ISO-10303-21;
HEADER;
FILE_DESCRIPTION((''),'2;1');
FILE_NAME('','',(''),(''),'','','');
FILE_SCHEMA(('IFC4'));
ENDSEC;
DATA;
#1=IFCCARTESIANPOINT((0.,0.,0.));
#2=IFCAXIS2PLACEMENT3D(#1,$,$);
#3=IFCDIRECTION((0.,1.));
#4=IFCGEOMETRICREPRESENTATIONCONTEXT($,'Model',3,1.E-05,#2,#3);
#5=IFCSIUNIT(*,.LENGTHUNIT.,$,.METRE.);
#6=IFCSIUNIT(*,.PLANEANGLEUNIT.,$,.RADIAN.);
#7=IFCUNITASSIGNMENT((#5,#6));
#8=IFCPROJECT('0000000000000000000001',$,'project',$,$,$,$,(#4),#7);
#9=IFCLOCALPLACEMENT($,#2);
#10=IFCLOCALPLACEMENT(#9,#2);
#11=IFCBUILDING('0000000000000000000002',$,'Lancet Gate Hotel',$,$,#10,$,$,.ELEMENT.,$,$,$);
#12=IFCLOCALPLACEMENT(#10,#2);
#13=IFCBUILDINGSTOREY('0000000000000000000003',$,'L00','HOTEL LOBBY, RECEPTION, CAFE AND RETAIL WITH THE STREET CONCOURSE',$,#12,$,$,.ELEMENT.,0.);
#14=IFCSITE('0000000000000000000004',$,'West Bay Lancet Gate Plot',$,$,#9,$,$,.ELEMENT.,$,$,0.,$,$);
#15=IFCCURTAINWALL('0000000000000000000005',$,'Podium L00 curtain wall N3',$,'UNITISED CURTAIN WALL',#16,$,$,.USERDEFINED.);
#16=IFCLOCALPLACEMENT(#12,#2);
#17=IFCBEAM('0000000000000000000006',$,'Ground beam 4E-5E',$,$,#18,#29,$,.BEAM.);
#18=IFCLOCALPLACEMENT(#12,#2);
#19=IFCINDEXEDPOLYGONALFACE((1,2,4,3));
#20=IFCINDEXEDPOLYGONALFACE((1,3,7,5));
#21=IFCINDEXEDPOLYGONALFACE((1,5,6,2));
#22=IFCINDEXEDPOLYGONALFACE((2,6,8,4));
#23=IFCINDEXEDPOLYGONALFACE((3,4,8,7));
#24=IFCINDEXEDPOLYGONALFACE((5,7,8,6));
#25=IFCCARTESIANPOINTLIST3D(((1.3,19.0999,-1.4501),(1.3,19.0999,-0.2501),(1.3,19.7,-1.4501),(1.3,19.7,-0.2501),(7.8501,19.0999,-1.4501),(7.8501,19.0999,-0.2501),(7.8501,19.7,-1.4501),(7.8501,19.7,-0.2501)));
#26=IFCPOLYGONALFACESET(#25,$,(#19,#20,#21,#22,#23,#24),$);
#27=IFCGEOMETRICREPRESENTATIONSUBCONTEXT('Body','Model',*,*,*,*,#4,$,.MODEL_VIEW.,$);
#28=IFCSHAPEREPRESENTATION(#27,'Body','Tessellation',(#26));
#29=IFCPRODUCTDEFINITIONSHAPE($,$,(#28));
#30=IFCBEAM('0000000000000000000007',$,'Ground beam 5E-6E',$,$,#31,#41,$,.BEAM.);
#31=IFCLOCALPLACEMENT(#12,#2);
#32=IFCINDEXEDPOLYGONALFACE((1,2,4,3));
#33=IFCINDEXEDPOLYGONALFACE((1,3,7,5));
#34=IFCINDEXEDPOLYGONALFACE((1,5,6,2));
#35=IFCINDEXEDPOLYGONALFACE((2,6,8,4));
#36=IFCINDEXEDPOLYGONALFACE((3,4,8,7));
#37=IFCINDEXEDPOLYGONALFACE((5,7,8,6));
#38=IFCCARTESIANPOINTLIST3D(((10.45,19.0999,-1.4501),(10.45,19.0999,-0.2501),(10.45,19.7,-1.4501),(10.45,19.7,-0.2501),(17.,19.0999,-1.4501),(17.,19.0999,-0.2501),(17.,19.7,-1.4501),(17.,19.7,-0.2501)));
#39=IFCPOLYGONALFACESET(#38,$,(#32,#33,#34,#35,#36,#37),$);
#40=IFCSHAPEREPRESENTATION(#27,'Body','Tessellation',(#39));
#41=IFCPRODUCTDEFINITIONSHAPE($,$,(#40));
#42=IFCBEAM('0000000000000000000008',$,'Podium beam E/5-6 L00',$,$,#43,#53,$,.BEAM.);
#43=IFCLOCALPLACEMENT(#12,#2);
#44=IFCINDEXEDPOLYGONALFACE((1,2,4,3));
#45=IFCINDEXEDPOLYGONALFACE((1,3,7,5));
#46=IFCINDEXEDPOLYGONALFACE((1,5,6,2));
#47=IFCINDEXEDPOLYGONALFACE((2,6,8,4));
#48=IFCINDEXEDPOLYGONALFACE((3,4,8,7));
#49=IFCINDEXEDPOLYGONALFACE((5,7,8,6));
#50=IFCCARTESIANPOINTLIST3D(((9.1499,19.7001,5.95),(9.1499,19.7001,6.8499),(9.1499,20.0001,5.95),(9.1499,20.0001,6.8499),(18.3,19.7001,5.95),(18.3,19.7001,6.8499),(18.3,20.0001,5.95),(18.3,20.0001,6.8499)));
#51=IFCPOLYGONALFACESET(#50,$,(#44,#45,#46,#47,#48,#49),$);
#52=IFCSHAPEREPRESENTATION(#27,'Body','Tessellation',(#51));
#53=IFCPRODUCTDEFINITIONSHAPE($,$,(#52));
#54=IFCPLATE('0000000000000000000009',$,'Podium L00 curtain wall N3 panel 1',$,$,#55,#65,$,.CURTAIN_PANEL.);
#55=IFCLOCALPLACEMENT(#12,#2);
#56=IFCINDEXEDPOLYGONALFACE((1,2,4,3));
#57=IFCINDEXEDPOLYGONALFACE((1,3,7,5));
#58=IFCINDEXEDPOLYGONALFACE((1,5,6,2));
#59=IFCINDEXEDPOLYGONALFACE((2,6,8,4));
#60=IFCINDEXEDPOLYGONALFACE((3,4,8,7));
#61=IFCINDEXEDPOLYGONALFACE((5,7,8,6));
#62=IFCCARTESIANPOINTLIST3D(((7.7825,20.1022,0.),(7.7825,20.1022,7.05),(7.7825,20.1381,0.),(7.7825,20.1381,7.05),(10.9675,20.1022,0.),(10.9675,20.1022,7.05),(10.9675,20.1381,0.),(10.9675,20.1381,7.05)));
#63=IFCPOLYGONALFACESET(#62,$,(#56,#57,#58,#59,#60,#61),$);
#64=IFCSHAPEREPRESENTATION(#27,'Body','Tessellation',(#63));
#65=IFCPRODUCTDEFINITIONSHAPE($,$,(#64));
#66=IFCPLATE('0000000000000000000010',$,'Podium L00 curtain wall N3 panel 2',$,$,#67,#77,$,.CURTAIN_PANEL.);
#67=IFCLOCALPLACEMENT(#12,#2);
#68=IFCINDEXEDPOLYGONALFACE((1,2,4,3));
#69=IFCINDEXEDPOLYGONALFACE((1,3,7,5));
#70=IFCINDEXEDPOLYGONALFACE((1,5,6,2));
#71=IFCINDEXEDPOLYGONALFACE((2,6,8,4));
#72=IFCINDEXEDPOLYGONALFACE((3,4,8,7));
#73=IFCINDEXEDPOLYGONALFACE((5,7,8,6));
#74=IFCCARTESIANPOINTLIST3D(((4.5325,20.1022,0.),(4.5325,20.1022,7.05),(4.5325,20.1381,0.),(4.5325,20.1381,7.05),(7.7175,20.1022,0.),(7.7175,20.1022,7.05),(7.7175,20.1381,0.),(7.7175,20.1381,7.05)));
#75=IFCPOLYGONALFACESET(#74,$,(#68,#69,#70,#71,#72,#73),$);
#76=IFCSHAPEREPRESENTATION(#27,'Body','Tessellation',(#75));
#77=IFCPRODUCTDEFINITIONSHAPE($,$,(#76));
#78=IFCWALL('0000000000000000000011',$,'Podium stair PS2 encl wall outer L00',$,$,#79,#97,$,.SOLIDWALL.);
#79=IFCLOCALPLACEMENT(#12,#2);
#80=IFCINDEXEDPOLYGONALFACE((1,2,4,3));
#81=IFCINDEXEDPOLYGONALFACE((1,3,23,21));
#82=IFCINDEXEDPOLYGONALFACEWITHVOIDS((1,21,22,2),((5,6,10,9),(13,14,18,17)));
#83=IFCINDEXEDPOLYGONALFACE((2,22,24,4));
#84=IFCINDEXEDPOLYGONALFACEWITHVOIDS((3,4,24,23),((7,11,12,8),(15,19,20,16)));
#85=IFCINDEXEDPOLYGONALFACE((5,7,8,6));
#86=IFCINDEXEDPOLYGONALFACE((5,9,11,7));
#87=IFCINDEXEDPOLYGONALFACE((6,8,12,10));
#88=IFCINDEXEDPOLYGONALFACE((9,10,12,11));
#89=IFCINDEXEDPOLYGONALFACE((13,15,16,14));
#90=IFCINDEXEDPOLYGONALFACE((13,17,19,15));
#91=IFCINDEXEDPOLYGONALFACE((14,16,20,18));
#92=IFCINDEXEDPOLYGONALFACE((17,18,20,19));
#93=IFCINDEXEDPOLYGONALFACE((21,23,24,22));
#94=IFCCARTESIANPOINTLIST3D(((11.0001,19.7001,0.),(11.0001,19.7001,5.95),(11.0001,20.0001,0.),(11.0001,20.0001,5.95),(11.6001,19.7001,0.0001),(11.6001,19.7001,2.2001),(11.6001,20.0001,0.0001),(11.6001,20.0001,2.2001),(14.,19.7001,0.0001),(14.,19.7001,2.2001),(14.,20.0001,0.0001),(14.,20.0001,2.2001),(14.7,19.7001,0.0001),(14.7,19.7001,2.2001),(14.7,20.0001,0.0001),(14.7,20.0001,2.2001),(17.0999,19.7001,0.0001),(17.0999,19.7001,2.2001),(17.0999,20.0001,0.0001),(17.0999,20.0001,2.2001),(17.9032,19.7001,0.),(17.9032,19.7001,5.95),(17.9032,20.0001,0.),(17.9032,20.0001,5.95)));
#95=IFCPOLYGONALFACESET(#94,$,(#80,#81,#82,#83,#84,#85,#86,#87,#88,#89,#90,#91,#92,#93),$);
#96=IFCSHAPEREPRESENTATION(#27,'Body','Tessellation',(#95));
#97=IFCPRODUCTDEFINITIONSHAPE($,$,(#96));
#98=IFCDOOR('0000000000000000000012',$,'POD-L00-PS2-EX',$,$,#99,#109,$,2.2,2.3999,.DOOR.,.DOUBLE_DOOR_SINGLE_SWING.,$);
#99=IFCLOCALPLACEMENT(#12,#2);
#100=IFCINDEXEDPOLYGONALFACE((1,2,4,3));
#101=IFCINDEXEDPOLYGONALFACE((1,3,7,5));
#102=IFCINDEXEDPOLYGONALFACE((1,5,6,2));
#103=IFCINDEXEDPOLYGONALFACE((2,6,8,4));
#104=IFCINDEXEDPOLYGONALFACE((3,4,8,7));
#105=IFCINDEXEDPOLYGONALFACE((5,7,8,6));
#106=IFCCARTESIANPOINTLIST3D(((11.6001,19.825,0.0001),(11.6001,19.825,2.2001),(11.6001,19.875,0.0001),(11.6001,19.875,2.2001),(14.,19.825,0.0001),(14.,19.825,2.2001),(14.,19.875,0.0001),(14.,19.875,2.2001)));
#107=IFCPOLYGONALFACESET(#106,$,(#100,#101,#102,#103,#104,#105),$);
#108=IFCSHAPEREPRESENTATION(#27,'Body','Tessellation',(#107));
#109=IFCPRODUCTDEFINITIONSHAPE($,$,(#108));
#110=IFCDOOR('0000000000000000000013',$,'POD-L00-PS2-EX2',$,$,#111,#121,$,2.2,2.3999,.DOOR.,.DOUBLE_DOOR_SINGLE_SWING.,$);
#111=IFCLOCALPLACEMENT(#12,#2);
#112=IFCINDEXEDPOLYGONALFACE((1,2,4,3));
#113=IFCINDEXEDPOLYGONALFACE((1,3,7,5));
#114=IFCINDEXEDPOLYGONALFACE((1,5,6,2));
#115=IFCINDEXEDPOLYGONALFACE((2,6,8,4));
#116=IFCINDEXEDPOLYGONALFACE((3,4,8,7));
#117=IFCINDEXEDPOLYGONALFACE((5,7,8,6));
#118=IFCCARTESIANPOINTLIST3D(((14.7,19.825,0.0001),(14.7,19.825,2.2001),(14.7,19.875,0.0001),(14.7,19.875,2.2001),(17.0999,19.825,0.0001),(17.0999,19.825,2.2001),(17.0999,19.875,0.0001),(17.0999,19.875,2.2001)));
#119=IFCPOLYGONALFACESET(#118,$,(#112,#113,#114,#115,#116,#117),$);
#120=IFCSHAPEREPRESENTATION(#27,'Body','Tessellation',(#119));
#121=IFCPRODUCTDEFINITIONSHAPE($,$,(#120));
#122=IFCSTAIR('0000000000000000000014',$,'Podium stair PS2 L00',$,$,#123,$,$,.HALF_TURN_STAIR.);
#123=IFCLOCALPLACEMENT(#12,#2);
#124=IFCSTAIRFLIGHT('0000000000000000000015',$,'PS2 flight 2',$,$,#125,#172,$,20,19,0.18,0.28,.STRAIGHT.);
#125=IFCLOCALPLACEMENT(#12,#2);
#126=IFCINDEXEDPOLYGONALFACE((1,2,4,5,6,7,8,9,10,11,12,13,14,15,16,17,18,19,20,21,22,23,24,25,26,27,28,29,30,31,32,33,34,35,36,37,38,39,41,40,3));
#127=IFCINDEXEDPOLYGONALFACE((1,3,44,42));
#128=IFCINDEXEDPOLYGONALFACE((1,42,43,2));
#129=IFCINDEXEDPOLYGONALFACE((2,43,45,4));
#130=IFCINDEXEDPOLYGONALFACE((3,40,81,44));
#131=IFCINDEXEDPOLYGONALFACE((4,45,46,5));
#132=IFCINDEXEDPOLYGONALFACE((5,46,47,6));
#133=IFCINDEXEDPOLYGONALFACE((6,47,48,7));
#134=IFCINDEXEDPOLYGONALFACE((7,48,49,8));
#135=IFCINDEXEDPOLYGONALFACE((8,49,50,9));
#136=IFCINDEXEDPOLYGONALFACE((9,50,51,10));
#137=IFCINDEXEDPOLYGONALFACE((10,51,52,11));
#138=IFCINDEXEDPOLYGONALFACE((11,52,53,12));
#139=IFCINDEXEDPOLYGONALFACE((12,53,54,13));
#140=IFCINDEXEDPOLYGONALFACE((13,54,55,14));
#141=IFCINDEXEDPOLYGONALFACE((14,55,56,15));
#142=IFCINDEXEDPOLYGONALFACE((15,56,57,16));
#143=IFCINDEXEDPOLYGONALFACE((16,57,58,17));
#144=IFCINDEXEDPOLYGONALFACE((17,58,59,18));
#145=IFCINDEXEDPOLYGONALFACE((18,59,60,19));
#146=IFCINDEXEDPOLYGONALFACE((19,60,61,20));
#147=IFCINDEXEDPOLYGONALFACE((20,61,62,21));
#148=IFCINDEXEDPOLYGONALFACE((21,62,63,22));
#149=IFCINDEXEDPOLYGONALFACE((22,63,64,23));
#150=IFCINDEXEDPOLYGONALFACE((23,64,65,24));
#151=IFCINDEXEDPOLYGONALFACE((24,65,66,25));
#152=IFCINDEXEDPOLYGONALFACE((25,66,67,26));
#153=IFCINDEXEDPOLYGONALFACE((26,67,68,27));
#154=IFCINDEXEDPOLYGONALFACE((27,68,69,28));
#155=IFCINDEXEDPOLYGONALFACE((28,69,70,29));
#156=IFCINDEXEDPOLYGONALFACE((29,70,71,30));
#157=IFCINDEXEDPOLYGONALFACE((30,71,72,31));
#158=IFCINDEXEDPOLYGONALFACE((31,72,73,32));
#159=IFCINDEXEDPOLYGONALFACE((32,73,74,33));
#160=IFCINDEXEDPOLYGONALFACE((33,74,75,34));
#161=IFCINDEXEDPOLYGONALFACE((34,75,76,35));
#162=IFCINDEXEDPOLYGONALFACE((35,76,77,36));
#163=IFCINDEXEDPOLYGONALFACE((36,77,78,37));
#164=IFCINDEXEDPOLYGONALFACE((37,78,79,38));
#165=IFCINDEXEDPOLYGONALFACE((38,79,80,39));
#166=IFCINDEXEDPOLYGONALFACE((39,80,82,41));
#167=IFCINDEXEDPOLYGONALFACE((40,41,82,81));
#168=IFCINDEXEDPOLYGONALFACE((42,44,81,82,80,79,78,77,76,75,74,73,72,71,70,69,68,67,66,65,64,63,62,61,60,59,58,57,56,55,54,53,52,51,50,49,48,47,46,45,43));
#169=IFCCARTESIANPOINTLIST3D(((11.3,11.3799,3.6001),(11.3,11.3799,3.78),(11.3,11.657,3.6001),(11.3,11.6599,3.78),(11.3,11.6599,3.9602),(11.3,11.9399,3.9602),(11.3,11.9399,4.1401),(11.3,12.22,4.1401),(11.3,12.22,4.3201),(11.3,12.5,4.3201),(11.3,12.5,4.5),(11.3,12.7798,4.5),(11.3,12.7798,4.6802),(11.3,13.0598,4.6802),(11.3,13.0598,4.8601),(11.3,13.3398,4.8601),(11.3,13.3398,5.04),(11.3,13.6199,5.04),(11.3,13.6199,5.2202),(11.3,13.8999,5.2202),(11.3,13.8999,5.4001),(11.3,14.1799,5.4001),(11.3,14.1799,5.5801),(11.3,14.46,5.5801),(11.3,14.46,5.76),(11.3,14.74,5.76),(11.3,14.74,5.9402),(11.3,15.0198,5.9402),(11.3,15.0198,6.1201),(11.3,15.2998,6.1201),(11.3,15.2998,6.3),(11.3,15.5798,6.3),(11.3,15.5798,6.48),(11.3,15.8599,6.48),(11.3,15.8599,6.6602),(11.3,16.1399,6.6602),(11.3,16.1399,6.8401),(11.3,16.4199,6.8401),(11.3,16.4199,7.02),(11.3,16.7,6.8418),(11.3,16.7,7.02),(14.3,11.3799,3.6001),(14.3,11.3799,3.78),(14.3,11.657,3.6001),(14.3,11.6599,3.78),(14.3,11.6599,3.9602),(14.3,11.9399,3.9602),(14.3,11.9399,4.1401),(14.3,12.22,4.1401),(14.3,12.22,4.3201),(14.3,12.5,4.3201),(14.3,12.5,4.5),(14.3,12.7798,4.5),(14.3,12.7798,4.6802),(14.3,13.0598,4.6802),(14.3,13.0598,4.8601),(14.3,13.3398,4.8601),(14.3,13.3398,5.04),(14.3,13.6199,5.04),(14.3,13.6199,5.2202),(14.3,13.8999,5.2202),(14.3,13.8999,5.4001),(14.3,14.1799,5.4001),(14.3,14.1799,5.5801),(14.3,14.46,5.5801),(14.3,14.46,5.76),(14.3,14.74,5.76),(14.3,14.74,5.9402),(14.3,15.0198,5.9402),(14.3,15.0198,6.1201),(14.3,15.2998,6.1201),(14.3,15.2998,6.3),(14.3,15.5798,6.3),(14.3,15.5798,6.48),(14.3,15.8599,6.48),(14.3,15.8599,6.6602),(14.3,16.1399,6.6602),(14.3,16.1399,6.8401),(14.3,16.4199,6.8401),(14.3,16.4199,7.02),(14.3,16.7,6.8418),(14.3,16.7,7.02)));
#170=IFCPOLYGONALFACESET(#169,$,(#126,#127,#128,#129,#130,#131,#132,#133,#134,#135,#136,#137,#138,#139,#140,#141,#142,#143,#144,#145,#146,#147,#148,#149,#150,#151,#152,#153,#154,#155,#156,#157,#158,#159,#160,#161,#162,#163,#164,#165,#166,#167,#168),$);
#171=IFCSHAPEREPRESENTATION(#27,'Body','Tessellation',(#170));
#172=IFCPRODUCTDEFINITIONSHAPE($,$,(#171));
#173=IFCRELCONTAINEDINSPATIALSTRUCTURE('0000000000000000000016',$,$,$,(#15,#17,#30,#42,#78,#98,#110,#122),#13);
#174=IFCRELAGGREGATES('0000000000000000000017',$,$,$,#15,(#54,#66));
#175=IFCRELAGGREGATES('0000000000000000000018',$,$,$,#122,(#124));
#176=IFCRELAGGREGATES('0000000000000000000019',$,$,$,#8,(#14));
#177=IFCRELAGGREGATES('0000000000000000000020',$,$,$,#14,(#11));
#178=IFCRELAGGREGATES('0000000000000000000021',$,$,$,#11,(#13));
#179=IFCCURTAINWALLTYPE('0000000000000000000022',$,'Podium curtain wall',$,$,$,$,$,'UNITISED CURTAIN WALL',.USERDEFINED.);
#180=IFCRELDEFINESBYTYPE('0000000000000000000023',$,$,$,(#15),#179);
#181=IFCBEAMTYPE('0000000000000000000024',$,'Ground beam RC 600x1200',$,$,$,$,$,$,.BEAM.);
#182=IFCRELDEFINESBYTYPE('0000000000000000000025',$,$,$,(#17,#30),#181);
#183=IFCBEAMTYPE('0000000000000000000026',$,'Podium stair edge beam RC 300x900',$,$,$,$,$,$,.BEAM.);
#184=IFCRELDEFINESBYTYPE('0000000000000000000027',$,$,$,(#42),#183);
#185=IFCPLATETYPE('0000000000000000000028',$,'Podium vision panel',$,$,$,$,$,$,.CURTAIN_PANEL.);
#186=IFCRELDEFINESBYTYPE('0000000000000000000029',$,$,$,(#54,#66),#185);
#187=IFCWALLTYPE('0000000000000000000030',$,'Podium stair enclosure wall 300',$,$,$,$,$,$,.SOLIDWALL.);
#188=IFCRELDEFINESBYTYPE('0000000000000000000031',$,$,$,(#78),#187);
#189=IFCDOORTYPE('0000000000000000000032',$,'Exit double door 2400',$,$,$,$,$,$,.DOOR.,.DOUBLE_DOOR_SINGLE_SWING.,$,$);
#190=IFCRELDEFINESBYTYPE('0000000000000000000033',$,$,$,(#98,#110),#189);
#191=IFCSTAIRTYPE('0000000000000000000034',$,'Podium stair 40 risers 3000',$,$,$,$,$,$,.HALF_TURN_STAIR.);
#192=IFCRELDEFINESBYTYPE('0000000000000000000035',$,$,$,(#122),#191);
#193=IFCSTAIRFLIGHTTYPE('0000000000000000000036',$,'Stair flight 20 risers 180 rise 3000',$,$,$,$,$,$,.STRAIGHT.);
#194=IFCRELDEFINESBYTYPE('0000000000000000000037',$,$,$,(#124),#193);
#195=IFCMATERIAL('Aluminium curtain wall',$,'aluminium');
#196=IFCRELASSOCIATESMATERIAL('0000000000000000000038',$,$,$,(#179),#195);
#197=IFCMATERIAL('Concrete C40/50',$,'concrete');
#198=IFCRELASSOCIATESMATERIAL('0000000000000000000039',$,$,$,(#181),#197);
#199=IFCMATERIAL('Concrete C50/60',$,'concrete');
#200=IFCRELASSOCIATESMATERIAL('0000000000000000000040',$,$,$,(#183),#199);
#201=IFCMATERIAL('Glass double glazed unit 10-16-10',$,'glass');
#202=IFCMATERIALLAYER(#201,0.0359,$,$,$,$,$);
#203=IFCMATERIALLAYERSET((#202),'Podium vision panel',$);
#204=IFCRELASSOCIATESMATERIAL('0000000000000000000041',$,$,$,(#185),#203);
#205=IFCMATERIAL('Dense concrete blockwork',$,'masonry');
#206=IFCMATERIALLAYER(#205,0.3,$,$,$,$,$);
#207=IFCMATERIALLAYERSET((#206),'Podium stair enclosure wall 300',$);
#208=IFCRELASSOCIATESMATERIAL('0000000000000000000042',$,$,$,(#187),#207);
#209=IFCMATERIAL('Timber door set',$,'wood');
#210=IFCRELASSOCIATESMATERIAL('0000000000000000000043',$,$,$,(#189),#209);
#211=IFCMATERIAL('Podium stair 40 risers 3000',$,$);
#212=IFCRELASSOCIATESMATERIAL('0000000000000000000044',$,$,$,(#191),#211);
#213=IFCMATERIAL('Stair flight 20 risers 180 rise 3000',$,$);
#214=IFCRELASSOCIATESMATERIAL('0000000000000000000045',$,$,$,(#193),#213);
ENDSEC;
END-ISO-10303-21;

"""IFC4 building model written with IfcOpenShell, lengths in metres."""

from ifc_helpers import new_model, si_unit, direction, frame, frame_2d, origin, origin_2d, place, context, subcontext, project, spatial, polyline, rectangle, outline, extrude, material, layer, layer_set, material_profile, profile_set, type_object, element, fill, aggregate, save


model = new_model("IFC4")

# Units and contexts
model_context = context("Model", 3, precision=1e-05, world=origin(), true_north=direction((0.0, 1.0)))
body_context = subcontext(model_context, "Body", "Model", "MODEL_VIEW")
ifc_project = project(units=[si_unit("LENGTHUNIT", "METRE"), si_unit("PLANEANGLEUNIT", "RADIAN")], contexts=[model_context])

# Site, building, storey
site_placement = place(None, origin())
site = spatial("IfcSite", under=ifc_project, at=site_placement, Name="West Bay Lancet Gate Plot", CompositionType="ELEMENT", RefElevation=0.0)
building_placement = place(site_placement, origin())
building = spatial("IfcBuilding", under=site, at=building_placement, Name="Lancet Gate Hotel", CompositionType="ELEMENT")
storey_placement = place(building_placement, origin())
storey = spatial("IfcBuildingStorey", under=building, at=storey_placement, Name="L00", Description="HOTEL LOBBY, RECEPTION, CAFE AND RETAIL WITH THE STREET CONCOURSE", CompositionType="ELEMENT", Elevation=0.0)

# Curtain wall
ifc_material_1 = material(Name="Aluminium curtain wall", Category="aluminium")
curtain_wall_type = type_object("IfcCurtainWallType", Name="Podium curtain wall", ElementType="UNITISED CURTAIN WALL", PredefinedType="USERDEFINED", material=ifc_material_1)
curtain_wall_placement = place(storey_placement, origin())
curtain_wall = element("IfcCurtainWall", 1, at=curtain_wall_placement, inside=storey, type_object=curtain_wall_type, Name="Podium L00 curtain wall N3", ObjectType="UNITISED CURTAIN WALL", PredefinedType="USERDEFINED")

# Beams
ifc_material_2 = material(Name="Concrete C40/50", Category="concrete")
ifc_material_profile_1 = material_profile(ifc_material_2, rectangle(XDim=0.6001, YDim=1.2, at=origin_2d()), Name="RC 600x1200")
ifc_profile_set_1 = profile_set([ifc_material_profile_1], Name="Concrete C40/50")
beam_type_1 = type_object("IfcBeamType", Name="Ground beam RC 600x1200", PredefinedType="BEAM", material=ifc_profile_set_1)
for number, where, z_axis, x_axis, name in (
    (2, (1.3, 19.3999, -0.8501), (1.0, 0.0, 0.0), (0.0, 1.0, 0.0), "Ground beam 4E-5E"),
    (3, (10.45, 19.3999, -0.8501), (1.0, 0.0, 0.0), (0.0, 1.0, 0.0), "Ground beam 5E-6E"),
):
    element("IfcBeam", number, at=place(storey_placement, frame(where, z_axis=z_axis, x_axis=x_axis)), inside=storey, type_object=beam_type_1, Name=name, PredefinedType="BEAM", context=body_context, shape_type="SweptSolid", body=[
        extrude(rectangle(XDim=0.6001, YDim=1.2, at=origin_2d()), origin(), (0.0, 0.0, 1.0), 6.55),
    ])
ifc_material_3 = material(Name="Concrete C50/60", Category="concrete")
ifc_material_profile_2 = material_profile(ifc_material_3, rectangle(XDim=0.3, YDim=0.8999, at=origin_2d()), Name="RC 300x900")
ifc_profile_set_2 = profile_set([ifc_material_profile_2], Name="Concrete C50/60")
beam_type_2 = type_object("IfcBeamType", Name="Podium stair edge beam RC 300x900", PredefinedType="BEAM", material=ifc_profile_set_2)
beam_1_placement = place(storey_placement, frame((9.1499, 19.8501, 6.3999), z_axis=(1.0, 0.0, 0.0), x_axis=(0.0, 1.0, 0.0)))
element("IfcBeam", 4, at=beam_1_placement, inside=storey, type_object=beam_type_2, Name="Podium beam E/5-6 L00", PredefinedType="BEAM", context=body_context, shape_type="SweptSolid", body=[
    extrude(rectangle(XDim=0.3, YDim=0.8999, at=origin_2d()), origin(), (0.0, 0.0, 1.0), 9.1501),
])

# Plates
ifc_material_4 = material(Name="Glass double glazed unit 10-16-10", Category="glass")
ifc_layer_1 = layer(ifc_material_4, 0.0359)
ifc_layer_set_1 = layer_set([ifc_layer_1], Name="Podium vision panel")
plate_type = type_object("IfcPlateType", Name="Podium vision panel", PredefinedType="CURTAIN_PANEL", material=ifc_layer_set_1)
plate_1_placement = place(storey_placement, frame((9.375, 20.1201, 0.0), z_axis=(0.0, 0.0, 1.0), x_axis=(-1.0, 0.0, 0.0)))
plate_1 = element("IfcPlate", 5, at=plate_1_placement, type_object=plate_type, Name="Podium L00 curtain wall N3 panel 1", PredefinedType="CURTAIN_PANEL", context=body_context, shape_type="SweptSolid", body=[
    extrude(rectangle(XDim=3.1851, YDim=0.0359, at=origin_2d()), origin(), (0.0, 0.0, 1.0), 7.05),
])
plate_2_placement = place(storey_placement, frame((6.125, 20.1201, 0.0), z_axis=(0.0, 0.0, 1.0), x_axis=(-1.0, 0.0, 0.0)))
plate_2 = element("IfcPlate", 6, at=plate_2_placement, type_object=plate_type, Name="Podium L00 curtain wall N3 panel 2", PredefinedType="CURTAIN_PANEL", context=body_context, shape_type="SweptSolid", body=[
    extrude(rectangle(XDim=3.1851, YDim=0.0359, at=origin_2d()), origin(), (0.0, 0.0, 1.0), 7.05),
])
aggregate(curtain_wall, [plate_1, plate_2])

# Wall, openings, doors
ifc_material_5 = material(Name="Dense concrete blockwork", Category="masonry")
ifc_layer_2 = layer(ifc_material_5, 0.3)
ifc_layer_set_2 = layer_set([ifc_layer_2], Name="Podium stair enclosure wall 300")
wall_type = type_object("IfcWallType", Name="Podium stair enclosure wall 300", PredefinedType="SOLIDWALL", material=ifc_layer_set_2)
wall_placement = place(storey_placement, frame((11.0, 19.8501, 0.0), z_axis=(0.0, 0.0, 1.0), x_axis=(1.0, 0.0, 0.0)))
wall = element("IfcWall", 7, at=wall_placement, inside=storey, type_object=wall_type, Name="Podium stair PS2 encl wall outer L00", PredefinedType="SOLIDWALL", context=body_context, shape_type="SweptSolid", body=[
    extrude(rectangle(XDim=6.9031, YDim=0.3, at=frame_2d((3.4517, 0.0))), origin(), (0.0, 0.0, 1.0), 5.95),
])
opening_1_placement = place(wall_placement, frame((0.6001, 0.0, 0.0)))
opening_1 = element("IfcOpeningElement", 8, at=opening_1_placement, cuts=wall, PredefinedType="OPENING", context=body_context, shape_type="SweptSolid", body=[
    extrude(rectangle(XDim=2.3999, YDim=2.2, at=frame_2d((1.2, 1.1001))), frame((0.0, 0.1599, 0.0), z_axis=(0.0, -1.0, 0.0), x_axis=(1.0, 0.0, 0.0)), (0.0, 0.0, 1.0), 0.3201),
])
opening_2_placement = place(wall_placement, frame((3.7, 0.0, 0.0)))
opening_2 = element("IfcOpeningElement", 9, at=opening_2_placement, cuts=wall, PredefinedType="OPENING", context=body_context, shape_type="SweptSolid", body=[
    extrude(rectangle(XDim=2.3999, YDim=2.2, at=frame_2d((1.2, 1.1001))), frame((0.0, 0.1599, 0.0), z_axis=(0.0, -1.0, 0.0), x_axis=(1.0, 0.0, 0.0)), (0.0, 0.0, 1.0), 0.3201),
])
ifc_material_6 = material(Name="Timber door set", Category="wood")
door_type = type_object("IfcDoorType", Name="Exit double door 2400", OperationType="DOUBLE_DOOR_SINGLE_SWING", PredefinedType="DOOR", material=ifc_material_6)
door_1_placement = place(opening_1_placement, origin())
door_1 = element("IfcDoor", 10, at=door_1_placement, inside=storey, type_object=door_type, Name="POD-L00-PS2-EX", OperationType="DOUBLE_DOOR_SINGLE_SWING", OverallHeight=2.2, OverallWidth=2.3999, PredefinedType="DOOR", context=body_context, shape_type="SweptSolid", body=[
    extrude(rectangle(XDim=2.3999, YDim=2.2, at=frame_2d((1.2, 1.1001))), frame((0.0, 0.0249, 0.0), z_axis=(0.0, -1.0, 0.0), x_axis=(1.0, 0.0, 0.0)), (0.0, 0.0, 1.0), 0.05),
])
fill(opening_1, door_1)
door_2_placement = place(opening_2_placement, origin())
door_2 = element("IfcDoor", 11, at=door_2_placement, inside=storey, type_object=door_type, Name="POD-L00-PS2-EX2", OperationType="DOUBLE_DOOR_SINGLE_SWING", OverallHeight=2.2, OverallWidth=2.3999, PredefinedType="DOOR", context=body_context, shape_type="SweptSolid", body=[
    extrude(rectangle(XDim=2.3999, YDim=2.2, at=frame_2d((1.2, 1.1001))), frame((0.0, 0.0249, 0.0), z_axis=(0.0, -1.0, 0.0), x_axis=(1.0, 0.0, 0.0)), (0.0, 0.0, 1.0), 0.05),
])
fill(opening_2, door_2)

# Stair, stair flight
ifc_material_7 = material(Name="Podium stair 40 risers 3000")
stair_type = type_object("IfcStairType", Name="Podium stair 40 risers 3000", PredefinedType="HALF_TURN_STAIR", material=ifc_material_7)
stair_placement = place(storey_placement, origin())
stair = element("IfcStair", 12, at=stair_placement, inside=storey, type_object=stair_type, Name="Podium stair PS2 L00", PredefinedType="HALF_TURN_STAIR")
ifc_material_8 = material(Name="Stair flight 20 risers 180 rise 3000")
stair_flight_type = type_object("IfcStairFlightType", Name="Stair flight 20 risers 180 rise 3000", PredefinedType="STRAIGHT", material=ifc_material_8)
stair_flight_placement = place(storey_placement, frame((12.8, 11.3799, 3.6001), z_axis=(0.0, 0.0, 1.0), x_axis=(0.0, 1.0, 0.0)))
stair_flight = element("IfcStairFlight", 13, at=stair_flight_placement, type_object=stair_flight_type, Name="PS2 flight 2", NumberOfRisers=20, NumberOfTreads=19, PredefinedType="STRAIGHT", RiserHeight=0.18, TreadLength=0.28, context=body_context, shape_type="SweptSolid", body=[
    extrude(outline(polyline([(0.0, 0.0), (0.0, 0.1799), (0.28, 0.1799), (0.28, 0.3601), (0.5601, 0.3601), (0.5601, 0.54), (0.8401, 0.54), (0.8401, 0.72), (1.1201, 0.72), (1.1201, 0.8999), (1.3999, 0.8999), (1.3999, 1.0801), (1.6799, 1.0801), (1.6799, 1.26), (1.96, 1.26), (1.96, 1.4399), (2.24, 1.4399), (2.24, 1.6201), (2.52, 1.6201), (2.52, 1.8), (2.8, 1.8), (2.8, 1.98), (3.0801, 1.98), (3.0801, 2.1599), (3.3601, 2.1599), (3.3601, 2.3401), (3.6399, 2.3401), (3.6399, 2.52), (3.9199, 2.52), (3.9199, 2.7), (4.2, 2.7), (4.2, 2.8799), (4.48, 2.8799), (4.48, 3.0601), (4.76, 3.0601), (4.76, 3.24), (5.04, 3.24), (5.04, 3.4199), (5.3201, 3.4199), (5.3201, 3.6001), (5.3201, 3.2417), (0.2771, 0.0), (0.0, 0.0)])), frame((0.0, 1.5, 0.0), z_axis=(0.0, -1.0, 0.0), x_axis=(1.0, 0.0, 0.0)), (0.0, 0.0, 1.0), 3.0),
])
aggregate(stair, [stair_flight])

save(model, "model.ifc")
